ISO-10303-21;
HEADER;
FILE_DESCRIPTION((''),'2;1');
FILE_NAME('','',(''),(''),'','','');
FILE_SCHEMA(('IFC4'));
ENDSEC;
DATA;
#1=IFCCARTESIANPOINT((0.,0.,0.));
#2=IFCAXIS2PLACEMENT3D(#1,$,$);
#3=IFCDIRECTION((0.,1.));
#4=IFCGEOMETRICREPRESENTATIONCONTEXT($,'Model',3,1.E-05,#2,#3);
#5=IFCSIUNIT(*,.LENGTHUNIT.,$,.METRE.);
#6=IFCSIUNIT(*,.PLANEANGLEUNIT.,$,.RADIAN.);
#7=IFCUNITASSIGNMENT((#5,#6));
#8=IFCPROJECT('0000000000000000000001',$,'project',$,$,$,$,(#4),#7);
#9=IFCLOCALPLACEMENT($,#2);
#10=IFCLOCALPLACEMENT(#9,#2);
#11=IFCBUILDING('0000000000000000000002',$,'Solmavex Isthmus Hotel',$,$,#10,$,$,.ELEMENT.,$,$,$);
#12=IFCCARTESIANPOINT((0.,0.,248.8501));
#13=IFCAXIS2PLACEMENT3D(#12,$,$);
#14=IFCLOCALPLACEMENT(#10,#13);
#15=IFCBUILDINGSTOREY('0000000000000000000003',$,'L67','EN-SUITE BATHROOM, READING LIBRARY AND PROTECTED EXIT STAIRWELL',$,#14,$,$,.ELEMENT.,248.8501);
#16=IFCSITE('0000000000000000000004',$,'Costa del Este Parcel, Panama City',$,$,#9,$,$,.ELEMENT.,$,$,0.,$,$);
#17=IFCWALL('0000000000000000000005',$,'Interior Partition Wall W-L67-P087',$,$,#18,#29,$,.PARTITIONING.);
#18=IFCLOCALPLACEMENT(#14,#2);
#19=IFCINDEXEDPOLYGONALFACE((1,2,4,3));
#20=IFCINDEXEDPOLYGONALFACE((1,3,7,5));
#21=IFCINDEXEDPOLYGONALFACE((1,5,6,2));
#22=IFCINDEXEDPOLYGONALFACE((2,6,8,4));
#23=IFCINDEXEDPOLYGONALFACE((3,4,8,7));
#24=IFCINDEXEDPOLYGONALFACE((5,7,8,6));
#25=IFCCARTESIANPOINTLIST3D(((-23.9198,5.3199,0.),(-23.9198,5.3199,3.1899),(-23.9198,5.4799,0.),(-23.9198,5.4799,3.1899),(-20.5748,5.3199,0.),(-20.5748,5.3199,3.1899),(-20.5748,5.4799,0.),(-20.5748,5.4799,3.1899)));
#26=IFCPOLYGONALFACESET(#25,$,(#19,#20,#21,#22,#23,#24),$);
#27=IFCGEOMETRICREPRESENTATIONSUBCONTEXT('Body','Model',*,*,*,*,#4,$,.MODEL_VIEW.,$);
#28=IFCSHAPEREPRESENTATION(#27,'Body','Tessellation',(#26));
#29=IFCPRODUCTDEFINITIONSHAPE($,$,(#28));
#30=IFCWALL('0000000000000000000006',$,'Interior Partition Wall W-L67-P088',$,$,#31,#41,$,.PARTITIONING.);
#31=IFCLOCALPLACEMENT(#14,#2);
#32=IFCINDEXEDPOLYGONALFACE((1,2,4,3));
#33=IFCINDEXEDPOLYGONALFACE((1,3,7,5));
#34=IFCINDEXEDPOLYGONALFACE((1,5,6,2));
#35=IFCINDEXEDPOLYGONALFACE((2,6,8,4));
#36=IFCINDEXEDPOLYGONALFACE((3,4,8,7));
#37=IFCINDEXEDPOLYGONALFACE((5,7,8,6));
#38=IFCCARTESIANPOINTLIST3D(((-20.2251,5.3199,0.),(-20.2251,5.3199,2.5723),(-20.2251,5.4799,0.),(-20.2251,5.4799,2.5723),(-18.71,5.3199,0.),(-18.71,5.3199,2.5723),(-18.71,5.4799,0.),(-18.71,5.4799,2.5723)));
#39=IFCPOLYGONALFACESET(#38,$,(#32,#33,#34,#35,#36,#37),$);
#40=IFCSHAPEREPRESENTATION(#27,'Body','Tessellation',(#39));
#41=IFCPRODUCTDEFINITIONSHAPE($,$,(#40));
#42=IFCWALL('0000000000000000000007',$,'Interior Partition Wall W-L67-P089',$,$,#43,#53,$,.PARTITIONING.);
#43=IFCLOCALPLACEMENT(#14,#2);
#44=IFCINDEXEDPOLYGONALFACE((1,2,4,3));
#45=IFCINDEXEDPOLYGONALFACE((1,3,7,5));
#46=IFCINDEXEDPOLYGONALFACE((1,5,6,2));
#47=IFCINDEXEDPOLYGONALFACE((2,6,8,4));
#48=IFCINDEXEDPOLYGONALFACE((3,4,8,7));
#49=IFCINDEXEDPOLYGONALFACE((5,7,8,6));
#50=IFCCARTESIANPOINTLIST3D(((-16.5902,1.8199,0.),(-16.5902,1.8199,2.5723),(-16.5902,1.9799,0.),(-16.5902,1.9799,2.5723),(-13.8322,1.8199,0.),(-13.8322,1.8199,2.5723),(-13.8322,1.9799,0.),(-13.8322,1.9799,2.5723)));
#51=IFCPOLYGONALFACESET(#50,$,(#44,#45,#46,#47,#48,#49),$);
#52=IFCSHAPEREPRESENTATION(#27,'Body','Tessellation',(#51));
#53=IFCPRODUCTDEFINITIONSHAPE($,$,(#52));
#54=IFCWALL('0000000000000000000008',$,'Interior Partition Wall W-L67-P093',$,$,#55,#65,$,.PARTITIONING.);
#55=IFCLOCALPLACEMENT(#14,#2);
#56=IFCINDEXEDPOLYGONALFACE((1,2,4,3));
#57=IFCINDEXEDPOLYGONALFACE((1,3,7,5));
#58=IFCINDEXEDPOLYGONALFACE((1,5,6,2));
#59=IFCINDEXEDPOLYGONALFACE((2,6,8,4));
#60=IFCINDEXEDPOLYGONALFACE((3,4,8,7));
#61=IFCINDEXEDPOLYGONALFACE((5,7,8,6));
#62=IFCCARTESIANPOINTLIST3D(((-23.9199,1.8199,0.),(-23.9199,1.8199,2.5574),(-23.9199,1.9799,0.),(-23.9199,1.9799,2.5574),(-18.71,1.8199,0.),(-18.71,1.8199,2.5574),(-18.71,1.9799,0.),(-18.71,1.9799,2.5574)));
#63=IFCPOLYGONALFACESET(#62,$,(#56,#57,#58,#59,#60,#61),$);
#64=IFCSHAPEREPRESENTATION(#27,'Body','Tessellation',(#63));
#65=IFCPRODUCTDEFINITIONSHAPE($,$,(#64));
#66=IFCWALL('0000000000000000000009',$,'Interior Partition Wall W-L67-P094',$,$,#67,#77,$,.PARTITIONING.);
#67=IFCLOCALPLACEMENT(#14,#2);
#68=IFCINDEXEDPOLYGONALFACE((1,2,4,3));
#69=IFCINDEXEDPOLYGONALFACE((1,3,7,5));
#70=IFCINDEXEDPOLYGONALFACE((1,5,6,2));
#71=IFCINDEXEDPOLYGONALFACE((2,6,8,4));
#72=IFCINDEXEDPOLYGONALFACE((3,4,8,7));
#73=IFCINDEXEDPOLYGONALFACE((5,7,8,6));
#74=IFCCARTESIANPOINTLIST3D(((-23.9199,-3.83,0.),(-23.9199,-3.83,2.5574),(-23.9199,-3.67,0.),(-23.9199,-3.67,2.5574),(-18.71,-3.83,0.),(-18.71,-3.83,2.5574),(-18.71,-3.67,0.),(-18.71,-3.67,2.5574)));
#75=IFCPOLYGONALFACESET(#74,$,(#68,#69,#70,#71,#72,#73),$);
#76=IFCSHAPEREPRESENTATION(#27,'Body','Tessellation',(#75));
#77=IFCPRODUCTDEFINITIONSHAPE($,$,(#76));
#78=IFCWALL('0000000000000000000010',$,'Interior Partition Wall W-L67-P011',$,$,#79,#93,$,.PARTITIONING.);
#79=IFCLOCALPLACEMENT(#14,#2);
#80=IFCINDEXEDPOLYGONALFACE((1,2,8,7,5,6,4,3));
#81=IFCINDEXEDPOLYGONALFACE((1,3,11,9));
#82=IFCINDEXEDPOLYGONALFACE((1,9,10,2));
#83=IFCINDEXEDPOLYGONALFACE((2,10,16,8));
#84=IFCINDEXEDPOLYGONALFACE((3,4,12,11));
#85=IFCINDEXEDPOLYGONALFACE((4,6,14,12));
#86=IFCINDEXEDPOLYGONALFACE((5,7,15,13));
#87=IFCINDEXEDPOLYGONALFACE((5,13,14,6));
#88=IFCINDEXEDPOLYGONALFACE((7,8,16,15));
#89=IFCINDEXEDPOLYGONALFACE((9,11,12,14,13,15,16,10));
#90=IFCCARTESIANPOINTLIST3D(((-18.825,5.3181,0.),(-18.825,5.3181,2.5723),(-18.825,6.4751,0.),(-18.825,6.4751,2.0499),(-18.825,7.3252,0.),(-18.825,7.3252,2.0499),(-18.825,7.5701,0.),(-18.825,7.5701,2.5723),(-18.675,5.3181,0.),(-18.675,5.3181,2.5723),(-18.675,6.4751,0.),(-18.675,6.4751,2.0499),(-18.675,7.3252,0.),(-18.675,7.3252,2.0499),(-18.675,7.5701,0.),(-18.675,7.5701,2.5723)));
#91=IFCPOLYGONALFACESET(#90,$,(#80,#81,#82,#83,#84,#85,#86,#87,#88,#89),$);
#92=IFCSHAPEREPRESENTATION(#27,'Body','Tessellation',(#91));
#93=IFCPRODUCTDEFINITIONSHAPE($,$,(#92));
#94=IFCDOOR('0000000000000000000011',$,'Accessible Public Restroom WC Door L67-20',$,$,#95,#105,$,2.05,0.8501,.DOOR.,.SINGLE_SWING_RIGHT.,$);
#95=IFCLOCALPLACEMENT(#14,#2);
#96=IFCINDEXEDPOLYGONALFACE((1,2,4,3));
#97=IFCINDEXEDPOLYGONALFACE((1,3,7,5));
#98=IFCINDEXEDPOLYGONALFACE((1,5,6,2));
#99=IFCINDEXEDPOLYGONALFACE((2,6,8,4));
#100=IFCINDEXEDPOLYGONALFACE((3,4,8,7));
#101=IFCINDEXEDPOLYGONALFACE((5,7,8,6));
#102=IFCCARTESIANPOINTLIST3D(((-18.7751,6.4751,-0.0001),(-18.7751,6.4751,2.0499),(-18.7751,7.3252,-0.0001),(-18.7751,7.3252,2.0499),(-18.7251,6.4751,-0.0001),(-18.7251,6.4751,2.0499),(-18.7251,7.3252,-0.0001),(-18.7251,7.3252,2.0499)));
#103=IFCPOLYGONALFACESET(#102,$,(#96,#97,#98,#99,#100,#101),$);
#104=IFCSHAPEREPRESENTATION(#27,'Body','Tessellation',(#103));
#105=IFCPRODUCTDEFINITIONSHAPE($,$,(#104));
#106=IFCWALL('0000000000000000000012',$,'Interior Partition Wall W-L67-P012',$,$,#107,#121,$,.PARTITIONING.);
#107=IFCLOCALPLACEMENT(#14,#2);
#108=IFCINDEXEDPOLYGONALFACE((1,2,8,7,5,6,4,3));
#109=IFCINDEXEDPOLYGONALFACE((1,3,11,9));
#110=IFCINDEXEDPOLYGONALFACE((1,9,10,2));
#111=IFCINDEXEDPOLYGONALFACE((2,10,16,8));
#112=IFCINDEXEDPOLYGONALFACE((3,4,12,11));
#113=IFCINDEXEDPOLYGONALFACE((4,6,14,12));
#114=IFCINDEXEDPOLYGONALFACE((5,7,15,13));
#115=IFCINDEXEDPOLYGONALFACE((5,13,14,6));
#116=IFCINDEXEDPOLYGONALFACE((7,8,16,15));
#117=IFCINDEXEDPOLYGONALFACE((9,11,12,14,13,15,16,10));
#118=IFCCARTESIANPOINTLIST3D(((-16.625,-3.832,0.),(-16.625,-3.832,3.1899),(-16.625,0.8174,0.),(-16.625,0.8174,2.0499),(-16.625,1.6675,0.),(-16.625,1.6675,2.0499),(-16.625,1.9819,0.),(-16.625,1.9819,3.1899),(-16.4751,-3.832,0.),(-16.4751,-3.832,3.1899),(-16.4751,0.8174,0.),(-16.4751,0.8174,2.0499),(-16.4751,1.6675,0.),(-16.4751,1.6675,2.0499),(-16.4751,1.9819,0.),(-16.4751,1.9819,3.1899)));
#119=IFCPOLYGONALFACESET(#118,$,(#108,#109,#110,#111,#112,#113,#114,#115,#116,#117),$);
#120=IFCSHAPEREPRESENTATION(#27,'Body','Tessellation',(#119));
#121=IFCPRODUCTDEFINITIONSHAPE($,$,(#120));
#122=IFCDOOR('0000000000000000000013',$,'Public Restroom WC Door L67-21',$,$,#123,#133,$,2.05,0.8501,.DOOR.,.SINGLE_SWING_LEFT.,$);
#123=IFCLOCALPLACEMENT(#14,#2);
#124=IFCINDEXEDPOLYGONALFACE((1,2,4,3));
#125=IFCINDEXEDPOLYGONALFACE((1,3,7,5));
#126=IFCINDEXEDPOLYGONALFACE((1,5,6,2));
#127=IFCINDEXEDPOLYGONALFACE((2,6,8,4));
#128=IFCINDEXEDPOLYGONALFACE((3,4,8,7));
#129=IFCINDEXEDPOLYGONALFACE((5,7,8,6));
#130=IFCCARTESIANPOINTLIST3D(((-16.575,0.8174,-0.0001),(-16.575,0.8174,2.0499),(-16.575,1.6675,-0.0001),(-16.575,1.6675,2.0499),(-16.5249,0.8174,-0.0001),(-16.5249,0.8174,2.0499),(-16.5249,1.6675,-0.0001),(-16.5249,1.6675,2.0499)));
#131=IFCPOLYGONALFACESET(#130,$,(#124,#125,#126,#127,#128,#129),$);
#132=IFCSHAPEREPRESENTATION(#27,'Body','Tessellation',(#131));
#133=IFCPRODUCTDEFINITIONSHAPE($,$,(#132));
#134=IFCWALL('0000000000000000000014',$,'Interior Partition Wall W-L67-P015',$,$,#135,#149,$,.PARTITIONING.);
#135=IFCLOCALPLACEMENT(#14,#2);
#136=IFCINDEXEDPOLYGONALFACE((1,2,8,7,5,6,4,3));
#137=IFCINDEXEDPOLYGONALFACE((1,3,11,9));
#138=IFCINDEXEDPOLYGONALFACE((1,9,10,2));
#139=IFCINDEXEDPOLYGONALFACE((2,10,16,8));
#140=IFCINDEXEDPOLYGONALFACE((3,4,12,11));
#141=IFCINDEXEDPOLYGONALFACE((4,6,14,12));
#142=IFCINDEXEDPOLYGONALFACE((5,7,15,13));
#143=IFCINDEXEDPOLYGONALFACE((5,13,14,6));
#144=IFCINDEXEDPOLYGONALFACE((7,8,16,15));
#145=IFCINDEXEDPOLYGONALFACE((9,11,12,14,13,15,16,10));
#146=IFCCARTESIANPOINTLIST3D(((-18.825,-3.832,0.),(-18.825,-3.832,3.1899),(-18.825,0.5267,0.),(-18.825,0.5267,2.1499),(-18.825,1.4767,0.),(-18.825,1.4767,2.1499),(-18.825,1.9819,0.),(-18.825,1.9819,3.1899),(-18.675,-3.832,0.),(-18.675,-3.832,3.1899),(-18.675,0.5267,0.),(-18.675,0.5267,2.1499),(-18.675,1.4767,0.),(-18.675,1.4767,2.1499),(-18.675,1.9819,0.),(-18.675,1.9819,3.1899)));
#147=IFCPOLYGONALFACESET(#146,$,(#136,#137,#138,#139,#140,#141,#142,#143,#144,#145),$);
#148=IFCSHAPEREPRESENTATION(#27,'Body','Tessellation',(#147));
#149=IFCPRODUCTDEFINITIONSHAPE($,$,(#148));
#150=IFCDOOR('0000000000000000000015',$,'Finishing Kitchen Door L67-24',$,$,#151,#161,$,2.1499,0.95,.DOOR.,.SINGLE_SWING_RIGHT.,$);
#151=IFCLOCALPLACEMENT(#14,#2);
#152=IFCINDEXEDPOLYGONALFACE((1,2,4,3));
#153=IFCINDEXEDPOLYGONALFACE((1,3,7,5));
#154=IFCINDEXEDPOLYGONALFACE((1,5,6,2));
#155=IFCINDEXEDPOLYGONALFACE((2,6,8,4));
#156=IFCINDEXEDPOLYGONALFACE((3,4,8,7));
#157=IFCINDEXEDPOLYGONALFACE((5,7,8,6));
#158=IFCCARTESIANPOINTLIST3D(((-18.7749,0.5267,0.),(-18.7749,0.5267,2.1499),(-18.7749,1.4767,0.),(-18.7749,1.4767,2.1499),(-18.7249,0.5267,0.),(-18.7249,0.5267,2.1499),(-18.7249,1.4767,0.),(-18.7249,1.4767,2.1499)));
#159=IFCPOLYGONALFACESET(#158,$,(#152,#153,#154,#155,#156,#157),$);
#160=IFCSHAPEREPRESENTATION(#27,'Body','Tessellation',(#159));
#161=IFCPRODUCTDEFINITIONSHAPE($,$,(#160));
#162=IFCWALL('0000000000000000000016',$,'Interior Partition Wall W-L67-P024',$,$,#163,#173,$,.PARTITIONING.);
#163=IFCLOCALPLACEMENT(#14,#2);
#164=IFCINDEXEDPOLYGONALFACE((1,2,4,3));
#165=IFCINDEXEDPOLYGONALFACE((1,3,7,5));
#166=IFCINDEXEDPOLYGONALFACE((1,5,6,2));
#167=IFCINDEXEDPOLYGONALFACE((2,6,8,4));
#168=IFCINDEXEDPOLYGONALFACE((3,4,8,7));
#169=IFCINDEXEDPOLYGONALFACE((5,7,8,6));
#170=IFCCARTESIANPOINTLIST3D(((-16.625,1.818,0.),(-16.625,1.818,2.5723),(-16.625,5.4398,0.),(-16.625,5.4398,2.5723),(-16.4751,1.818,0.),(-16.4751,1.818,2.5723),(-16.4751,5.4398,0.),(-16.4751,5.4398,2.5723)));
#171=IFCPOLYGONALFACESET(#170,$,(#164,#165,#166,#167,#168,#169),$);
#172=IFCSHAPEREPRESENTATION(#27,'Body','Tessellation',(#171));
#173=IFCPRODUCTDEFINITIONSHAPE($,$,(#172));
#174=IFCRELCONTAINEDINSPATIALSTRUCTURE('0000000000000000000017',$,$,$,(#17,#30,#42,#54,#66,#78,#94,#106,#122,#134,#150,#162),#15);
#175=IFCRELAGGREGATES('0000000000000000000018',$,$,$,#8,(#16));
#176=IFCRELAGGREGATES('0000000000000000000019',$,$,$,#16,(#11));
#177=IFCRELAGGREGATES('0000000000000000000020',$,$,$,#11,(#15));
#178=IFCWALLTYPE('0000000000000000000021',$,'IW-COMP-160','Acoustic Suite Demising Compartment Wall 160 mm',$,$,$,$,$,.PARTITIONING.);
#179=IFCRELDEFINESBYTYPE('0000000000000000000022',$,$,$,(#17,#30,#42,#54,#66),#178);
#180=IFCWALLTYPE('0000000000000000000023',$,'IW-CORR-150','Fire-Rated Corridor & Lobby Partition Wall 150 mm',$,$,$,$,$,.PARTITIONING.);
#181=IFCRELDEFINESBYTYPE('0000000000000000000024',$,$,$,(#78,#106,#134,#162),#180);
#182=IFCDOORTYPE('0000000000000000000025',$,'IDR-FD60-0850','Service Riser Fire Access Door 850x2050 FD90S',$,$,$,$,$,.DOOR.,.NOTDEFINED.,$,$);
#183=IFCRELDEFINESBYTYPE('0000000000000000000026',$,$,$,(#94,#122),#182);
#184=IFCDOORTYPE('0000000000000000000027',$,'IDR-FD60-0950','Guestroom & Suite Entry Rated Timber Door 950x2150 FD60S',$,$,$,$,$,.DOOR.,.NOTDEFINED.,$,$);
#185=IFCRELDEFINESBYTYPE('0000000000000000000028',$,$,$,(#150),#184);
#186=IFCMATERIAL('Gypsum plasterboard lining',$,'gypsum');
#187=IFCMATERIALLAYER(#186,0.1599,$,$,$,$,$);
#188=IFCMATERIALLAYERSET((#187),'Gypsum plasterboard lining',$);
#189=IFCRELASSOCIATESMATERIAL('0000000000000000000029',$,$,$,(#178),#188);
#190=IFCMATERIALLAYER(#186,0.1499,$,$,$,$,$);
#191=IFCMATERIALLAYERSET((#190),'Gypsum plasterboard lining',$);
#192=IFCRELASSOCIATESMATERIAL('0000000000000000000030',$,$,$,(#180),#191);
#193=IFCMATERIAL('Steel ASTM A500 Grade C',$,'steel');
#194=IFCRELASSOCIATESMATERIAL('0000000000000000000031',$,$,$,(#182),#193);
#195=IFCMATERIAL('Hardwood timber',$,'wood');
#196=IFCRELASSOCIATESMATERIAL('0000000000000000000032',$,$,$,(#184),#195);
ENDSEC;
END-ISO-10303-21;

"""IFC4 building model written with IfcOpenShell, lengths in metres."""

from ifc_helpers import new_model, si_unit, direction, frame, frame_2d, origin, place, context, subcontext, project, spatial, rectangle, extrude, material, layer, layer_set, type_object, element, fill, save


model = new_model("IFC4")

# Units and contexts
model_context = context("Model", 3, precision=1e-05, world=origin(), true_north=direction((0.0, 1.0)))
body_context = subcontext(model_context, "Body", "Model", "MODEL_VIEW")
ifc_project = project(units=[si_unit("LENGTHUNIT", "METRE"), si_unit("PLANEANGLEUNIT", "RADIAN")], contexts=[model_context])

# Site, building, storey
site_placement = place(None, origin())
site = spatial("IfcSite", under=ifc_project, at=site_placement, Name="Costa del Este Parcel, Panama City", CompositionType="ELEMENT", RefElevation=0.0)
building_placement = place(site_placement, origin())
building = spatial("IfcBuilding", under=site, at=building_placement, Name="Solmavex Isthmus Hotel", CompositionType="ELEMENT")
storey_placement = place(building_placement, frame((0.0, 0.0, 248.8501)))
storey = spatial("IfcBuildingStorey", under=building, at=storey_placement, Name="L67", Description="EN-SUITE BATHROOM, READING LIBRARY AND PROTECTED EXIT STAIRWELL", CompositionType="ELEMENT", Elevation=248.8501)

# Walls
ifc_material_1 = material(Name="Gypsum plasterboard lining", Category="gypsum")
ifc_layer_1 = layer(ifc_material_1, 0.1599)
ifc_layer_set_1 = layer_set([ifc_layer_1], Name="Gypsum plasterboard lining")
wall_type_1 = type_object("IfcWallType", Name="IW-COMP-160", Description="Acoustic Suite Demising Compartment Wall 160 mm", PredefinedType="PARTITIONING", material=ifc_layer_set_1)
wall_1_placement = place(storey_placement, frame((-20.575, 5.3999, 0.0), z_axis=(0.0, 0.0, 1.0), x_axis=(-1.0, 0.0, 0.0)))
element("IfcWall", 1, at=wall_1_placement, inside=storey, type_object=wall_type_1, Name="Interior Partition Wall W-L67-P087", PredefinedType="PARTITIONING", context=body_context, shape_type="SweptSolid", body=[
    extrude(rectangle(XDim=3.345, YDim=0.1599, at=frame_2d((1.6724, 0.0))), origin(), (0.0, 0.0, 1.0), 3.1899),
])
wall_2_placement = place(storey_placement, frame((-18.71, 5.3999, 0.0), z_axis=(0.0, 0.0, 1.0), x_axis=(-1.0, 0.0, 0.0)))
element("IfcWall", 2, at=wall_2_placement, inside=storey, type_object=wall_type_1, Name="Interior Partition Wall W-L67-P088", PredefinedType="PARTITIONING", context=body_context, shape_type="SweptSolid", body=[
    extrude(rectangle(XDim=1.5151, YDim=0.1599, at=frame_2d((0.7576, 0.0))), origin(), (0.0, 0.0, 1.0), 2.5723),
])
wall_3_placement = place(storey_placement, frame((-16.5901, 1.8999, 0.0), z_axis=(0.0, 0.0, 1.0), x_axis=(1.0, 0.0, 0.0)))
element("IfcWall", 3, at=wall_3_placement, inside=storey, type_object=wall_type_1, Name="Interior Partition Wall W-L67-P089", PredefinedType="PARTITIONING", context=body_context, shape_type="SweptSolid", body=[
    extrude(rectangle(XDim=2.7581, YDim=0.1599, at=frame_2d((1.3789, 0.0))), origin(), (0.0, 0.0, 1.0), 2.5723),
])
for number, where, z_axis, x_axis, name in (
    (4, (-18.71, 1.8999, 0.0), (0.0, 0.0, 1.0), (-1.0, 0.0, 0.0), "Interior Partition Wall W-L67-P093"),
    (5, (-18.71, -3.75, 0.0), (0.0, 0.0, 1.0), (-1.0, 0.0, 0.0), "Interior Partition Wall W-L67-P094"),
):
    element("IfcWall", number, at=place(storey_placement, frame(where, z_axis=z_axis, x_axis=x_axis)), inside=storey, type_object=wall_type_1, Name=name, PredefinedType="PARTITIONING", context=body_context, shape_type="SweptSolid", body=[
        extrude(rectangle(XDim=5.21, YDim=0.1599, at=frame_2d((2.605, 0.0))), origin(), (0.0, 0.0, 1.0), 2.5574),
    ])

# Walls, openings, doors
ifc_layer_2 = layer(ifc_material_1, 0.1499)
ifc_layer_set_2 = layer_set([ifc_layer_2], Name="Gypsum plasterboard lining")
wall_type_2 = type_object("IfcWallType", Name="IW-CORR-150", Description="Fire-Rated Corridor & Lobby Partition Wall 150 mm", PredefinedType="PARTITIONING", material=ifc_layer_set_2)
wall_4_placement = place(storey_placement, frame((-18.75, 5.3181, 0.0), z_axis=(0.0, 0.0, 1.0), x_axis=(0.0, 1.0, 0.0)))
wall_4 = element("IfcWall", 6, at=wall_4_placement, inside=storey, type_object=wall_type_2, Name="Interior Partition Wall W-L67-P011", PredefinedType="PARTITIONING", context=body_context, shape_type="SweptSolid", body=[
    extrude(rectangle(XDim=2.252, YDim=0.1499, at=frame_2d((1.126, 0.0))), origin(), (0.0, 0.0, 1.0), 2.5723),
])
opening_1_placement = place(wall_4_placement, frame((1.157, 0.0, 0.0)))
opening_1 = element("IfcOpeningElement", 7, at=opening_1_placement, cuts=wall_4, PredefinedType="OPENING", context=body_context, shape_type="SweptSolid", body=[
    extrude(rectangle(XDim=0.8501, YDim=2.05, at=frame_2d((0.425, 1.0249))), frame((0.0, 0.085, 0.0), z_axis=(0.0, -1.0, 0.0), x_axis=(1.0, 0.0, 0.0)), (0.0, 0.0, 1.0), 0.1699),
])
ifc_material_2 = material(Name="Steel ASTM A500 Grade C", Category="steel")
door_type_1 = type_object("IfcDoorType", Name="IDR-FD60-0850", Description="Service Riser Fire Access Door 850x2050 FD90S", OperationType="NOTDEFINED", PredefinedType="DOOR", material=ifc_material_2)
door_1_placement = place(opening_1_placement, frame((0.8501, 0.0, 0.0), z_axis=(0.0, 0.0, 1.0), x_axis=(-1.0, 0.0, 0.0)))
door_1 = element("IfcDoor", 8, at=door_1_placement, inside=storey, type_object=door_type_1, Name="Accessible Public Restroom WC Door L67-20", OperationType="SINGLE_SWING_RIGHT", OverallHeight=2.05, OverallWidth=0.8501, PredefinedType="DOOR", context=body_context, shape_type="SweptSolid", body=[
    extrude(rectangle(XDim=0.8501, YDim=2.05, at=frame_2d((0.425, 1.0249))), frame((0.0, 0.0249, 0.0), z_axis=(0.0, -1.0, 0.0), x_axis=(1.0, 0.0, 0.0)), (0.0, 0.0, 1.0), 0.05),
])
fill(opening_1, door_1)
wall_5_placement = place(storey_placement, frame((-16.55, 1.9819, 0.0), z_axis=(0.0, 0.0, 1.0), x_axis=(0.0, -1.0, 0.0)))
wall_5 = element("IfcWall", 9, at=wall_5_placement, inside=storey, type_object=wall_type_2, Name="Interior Partition Wall W-L67-P012", PredefinedType="PARTITIONING", context=body_context, shape_type="SweptSolid", body=[
    extrude(rectangle(XDim=5.814, YDim=0.1499, at=frame_2d((2.907, 0.0))), origin(), (0.0, 0.0, 1.0), 3.1899),
])
opening_2_placement = place(wall_5_placement, frame((0.3145, 0.0, 0.0)))
opening_2 = element("IfcOpeningElement", 10, at=opening_2_placement, cuts=wall_5, PredefinedType="OPENING", context=body_context, shape_type="SweptSolid", body=[
    extrude(rectangle(XDim=0.8501, YDim=2.05, at=frame_2d((0.425, 1.0249))), frame((0.0, 0.085, 0.0), z_axis=(0.0, -1.0, 0.0), x_axis=(1.0, 0.0, 0.0)), (0.0, 0.0, 1.0), 0.1699),
])
door_2_placement = place(opening_2_placement, frame((0.8501, 0.0, 0.0), z_axis=(0.0, 0.0, 1.0), x_axis=(-1.0, 0.0, 0.0)))
door_2 = element("IfcDoor", 11, at=door_2_placement, inside=storey, type_object=door_type_1, Name="Public Restroom WC Door L67-21", OperationType="SINGLE_SWING_LEFT", OverallHeight=2.05, OverallWidth=0.8501, PredefinedType="DOOR", context=body_context, shape_type="SweptSolid", body=[
    extrude(rectangle(XDim=0.8501, YDim=2.05, at=frame_2d((0.425, 1.0249))), frame((0.0, 0.0249, 0.0), z_axis=(0.0, -1.0, 0.0), x_axis=(1.0, 0.0, 0.0)), (0.0, 0.0, 1.0), 0.05),
])
fill(opening_2, door_2)
ifc_material_3 = material(Name="Hardwood timber", Category="wood")
door_type_2 = type_object("IfcDoorType", Name="IDR-FD60-0950", Description="Guestroom & Suite Entry Rated Timber Door 950x2150 FD60S", OperationType="NOTDEFINED", PredefinedType="DOOR", material=ifc_material_3)
wall_6_placement = place(storey_placement, frame((-18.75, -3.832, 0.0), z_axis=(0.0, 0.0, 1.0), x_axis=(0.0, 1.0, 0.0)))
wall_6 = element("IfcWall", 12, at=wall_6_placement, inside=storey, type_object=wall_type_2, Name="Interior Partition Wall W-L67-P015", PredefinedType="PARTITIONING", context=body_context, shape_type="SweptSolid", body=[
    extrude(rectangle(XDim=5.814, YDim=0.1499, at=frame_2d((2.907, 0.0))), origin(), (0.0, 0.0, 1.0), 3.1899),
])
opening_3_placement = place(wall_6_placement, frame((4.3586, 0.0, 0.0)))
opening_3 = element("IfcOpeningElement", 13, at=opening_3_placement, cuts=wall_6, PredefinedType="OPENING", context=body_context, shape_type="SweptSolid", body=[
    extrude(rectangle(XDim=0.95, YDim=2.1499, at=frame_2d((0.4751, 1.075))), frame((0.0, 0.085, 0.0), z_axis=(0.0, -1.0, 0.0), x_axis=(1.0, 0.0, 0.0)), (0.0, 0.0, 1.0), 0.1699),
])
door_3_placement = place(opening_3_placement, origin())
door_3 = element("IfcDoor", 14, at=door_3_placement, inside=storey, type_object=door_type_2, Name="Finishing Kitchen Door L67-24", OperationType="SINGLE_SWING_RIGHT", OverallHeight=2.1499, OverallWidth=0.95, PredefinedType="DOOR", context=body_context, shape_type="SweptSolid", body=[
    extrude(rectangle(XDim=0.95, YDim=2.1499, at=frame_2d((0.4751, 1.075))), frame((0.0, 0.0249, 0.0), z_axis=(0.0, -1.0, 0.0), x_axis=(1.0, 0.0, 0.0)), (0.0, 0.0, 1.0), 0.05),
])
fill(opening_3, door_3)

# Wall
wall_7_placement = place(storey_placement, frame((-16.55, 5.4399, 0.0), z_axis=(0.0, 0.0, 1.0), x_axis=(0.0, -1.0, 0.0)))
element("IfcWall", 15, at=wall_7_placement, inside=storey, type_object=wall_type_2, Name="Interior Partition Wall W-L67-P024", PredefinedType="PARTITIONING", context=body_context, shape_type="SweptSolid", body=[
    extrude(rectangle(XDim=3.6218, YDim=0.1499, at=frame_2d((1.811, 0.0))), origin(), (0.0, 0.0, 1.0), 2.5723),
])

save(model, "model.ifc")
